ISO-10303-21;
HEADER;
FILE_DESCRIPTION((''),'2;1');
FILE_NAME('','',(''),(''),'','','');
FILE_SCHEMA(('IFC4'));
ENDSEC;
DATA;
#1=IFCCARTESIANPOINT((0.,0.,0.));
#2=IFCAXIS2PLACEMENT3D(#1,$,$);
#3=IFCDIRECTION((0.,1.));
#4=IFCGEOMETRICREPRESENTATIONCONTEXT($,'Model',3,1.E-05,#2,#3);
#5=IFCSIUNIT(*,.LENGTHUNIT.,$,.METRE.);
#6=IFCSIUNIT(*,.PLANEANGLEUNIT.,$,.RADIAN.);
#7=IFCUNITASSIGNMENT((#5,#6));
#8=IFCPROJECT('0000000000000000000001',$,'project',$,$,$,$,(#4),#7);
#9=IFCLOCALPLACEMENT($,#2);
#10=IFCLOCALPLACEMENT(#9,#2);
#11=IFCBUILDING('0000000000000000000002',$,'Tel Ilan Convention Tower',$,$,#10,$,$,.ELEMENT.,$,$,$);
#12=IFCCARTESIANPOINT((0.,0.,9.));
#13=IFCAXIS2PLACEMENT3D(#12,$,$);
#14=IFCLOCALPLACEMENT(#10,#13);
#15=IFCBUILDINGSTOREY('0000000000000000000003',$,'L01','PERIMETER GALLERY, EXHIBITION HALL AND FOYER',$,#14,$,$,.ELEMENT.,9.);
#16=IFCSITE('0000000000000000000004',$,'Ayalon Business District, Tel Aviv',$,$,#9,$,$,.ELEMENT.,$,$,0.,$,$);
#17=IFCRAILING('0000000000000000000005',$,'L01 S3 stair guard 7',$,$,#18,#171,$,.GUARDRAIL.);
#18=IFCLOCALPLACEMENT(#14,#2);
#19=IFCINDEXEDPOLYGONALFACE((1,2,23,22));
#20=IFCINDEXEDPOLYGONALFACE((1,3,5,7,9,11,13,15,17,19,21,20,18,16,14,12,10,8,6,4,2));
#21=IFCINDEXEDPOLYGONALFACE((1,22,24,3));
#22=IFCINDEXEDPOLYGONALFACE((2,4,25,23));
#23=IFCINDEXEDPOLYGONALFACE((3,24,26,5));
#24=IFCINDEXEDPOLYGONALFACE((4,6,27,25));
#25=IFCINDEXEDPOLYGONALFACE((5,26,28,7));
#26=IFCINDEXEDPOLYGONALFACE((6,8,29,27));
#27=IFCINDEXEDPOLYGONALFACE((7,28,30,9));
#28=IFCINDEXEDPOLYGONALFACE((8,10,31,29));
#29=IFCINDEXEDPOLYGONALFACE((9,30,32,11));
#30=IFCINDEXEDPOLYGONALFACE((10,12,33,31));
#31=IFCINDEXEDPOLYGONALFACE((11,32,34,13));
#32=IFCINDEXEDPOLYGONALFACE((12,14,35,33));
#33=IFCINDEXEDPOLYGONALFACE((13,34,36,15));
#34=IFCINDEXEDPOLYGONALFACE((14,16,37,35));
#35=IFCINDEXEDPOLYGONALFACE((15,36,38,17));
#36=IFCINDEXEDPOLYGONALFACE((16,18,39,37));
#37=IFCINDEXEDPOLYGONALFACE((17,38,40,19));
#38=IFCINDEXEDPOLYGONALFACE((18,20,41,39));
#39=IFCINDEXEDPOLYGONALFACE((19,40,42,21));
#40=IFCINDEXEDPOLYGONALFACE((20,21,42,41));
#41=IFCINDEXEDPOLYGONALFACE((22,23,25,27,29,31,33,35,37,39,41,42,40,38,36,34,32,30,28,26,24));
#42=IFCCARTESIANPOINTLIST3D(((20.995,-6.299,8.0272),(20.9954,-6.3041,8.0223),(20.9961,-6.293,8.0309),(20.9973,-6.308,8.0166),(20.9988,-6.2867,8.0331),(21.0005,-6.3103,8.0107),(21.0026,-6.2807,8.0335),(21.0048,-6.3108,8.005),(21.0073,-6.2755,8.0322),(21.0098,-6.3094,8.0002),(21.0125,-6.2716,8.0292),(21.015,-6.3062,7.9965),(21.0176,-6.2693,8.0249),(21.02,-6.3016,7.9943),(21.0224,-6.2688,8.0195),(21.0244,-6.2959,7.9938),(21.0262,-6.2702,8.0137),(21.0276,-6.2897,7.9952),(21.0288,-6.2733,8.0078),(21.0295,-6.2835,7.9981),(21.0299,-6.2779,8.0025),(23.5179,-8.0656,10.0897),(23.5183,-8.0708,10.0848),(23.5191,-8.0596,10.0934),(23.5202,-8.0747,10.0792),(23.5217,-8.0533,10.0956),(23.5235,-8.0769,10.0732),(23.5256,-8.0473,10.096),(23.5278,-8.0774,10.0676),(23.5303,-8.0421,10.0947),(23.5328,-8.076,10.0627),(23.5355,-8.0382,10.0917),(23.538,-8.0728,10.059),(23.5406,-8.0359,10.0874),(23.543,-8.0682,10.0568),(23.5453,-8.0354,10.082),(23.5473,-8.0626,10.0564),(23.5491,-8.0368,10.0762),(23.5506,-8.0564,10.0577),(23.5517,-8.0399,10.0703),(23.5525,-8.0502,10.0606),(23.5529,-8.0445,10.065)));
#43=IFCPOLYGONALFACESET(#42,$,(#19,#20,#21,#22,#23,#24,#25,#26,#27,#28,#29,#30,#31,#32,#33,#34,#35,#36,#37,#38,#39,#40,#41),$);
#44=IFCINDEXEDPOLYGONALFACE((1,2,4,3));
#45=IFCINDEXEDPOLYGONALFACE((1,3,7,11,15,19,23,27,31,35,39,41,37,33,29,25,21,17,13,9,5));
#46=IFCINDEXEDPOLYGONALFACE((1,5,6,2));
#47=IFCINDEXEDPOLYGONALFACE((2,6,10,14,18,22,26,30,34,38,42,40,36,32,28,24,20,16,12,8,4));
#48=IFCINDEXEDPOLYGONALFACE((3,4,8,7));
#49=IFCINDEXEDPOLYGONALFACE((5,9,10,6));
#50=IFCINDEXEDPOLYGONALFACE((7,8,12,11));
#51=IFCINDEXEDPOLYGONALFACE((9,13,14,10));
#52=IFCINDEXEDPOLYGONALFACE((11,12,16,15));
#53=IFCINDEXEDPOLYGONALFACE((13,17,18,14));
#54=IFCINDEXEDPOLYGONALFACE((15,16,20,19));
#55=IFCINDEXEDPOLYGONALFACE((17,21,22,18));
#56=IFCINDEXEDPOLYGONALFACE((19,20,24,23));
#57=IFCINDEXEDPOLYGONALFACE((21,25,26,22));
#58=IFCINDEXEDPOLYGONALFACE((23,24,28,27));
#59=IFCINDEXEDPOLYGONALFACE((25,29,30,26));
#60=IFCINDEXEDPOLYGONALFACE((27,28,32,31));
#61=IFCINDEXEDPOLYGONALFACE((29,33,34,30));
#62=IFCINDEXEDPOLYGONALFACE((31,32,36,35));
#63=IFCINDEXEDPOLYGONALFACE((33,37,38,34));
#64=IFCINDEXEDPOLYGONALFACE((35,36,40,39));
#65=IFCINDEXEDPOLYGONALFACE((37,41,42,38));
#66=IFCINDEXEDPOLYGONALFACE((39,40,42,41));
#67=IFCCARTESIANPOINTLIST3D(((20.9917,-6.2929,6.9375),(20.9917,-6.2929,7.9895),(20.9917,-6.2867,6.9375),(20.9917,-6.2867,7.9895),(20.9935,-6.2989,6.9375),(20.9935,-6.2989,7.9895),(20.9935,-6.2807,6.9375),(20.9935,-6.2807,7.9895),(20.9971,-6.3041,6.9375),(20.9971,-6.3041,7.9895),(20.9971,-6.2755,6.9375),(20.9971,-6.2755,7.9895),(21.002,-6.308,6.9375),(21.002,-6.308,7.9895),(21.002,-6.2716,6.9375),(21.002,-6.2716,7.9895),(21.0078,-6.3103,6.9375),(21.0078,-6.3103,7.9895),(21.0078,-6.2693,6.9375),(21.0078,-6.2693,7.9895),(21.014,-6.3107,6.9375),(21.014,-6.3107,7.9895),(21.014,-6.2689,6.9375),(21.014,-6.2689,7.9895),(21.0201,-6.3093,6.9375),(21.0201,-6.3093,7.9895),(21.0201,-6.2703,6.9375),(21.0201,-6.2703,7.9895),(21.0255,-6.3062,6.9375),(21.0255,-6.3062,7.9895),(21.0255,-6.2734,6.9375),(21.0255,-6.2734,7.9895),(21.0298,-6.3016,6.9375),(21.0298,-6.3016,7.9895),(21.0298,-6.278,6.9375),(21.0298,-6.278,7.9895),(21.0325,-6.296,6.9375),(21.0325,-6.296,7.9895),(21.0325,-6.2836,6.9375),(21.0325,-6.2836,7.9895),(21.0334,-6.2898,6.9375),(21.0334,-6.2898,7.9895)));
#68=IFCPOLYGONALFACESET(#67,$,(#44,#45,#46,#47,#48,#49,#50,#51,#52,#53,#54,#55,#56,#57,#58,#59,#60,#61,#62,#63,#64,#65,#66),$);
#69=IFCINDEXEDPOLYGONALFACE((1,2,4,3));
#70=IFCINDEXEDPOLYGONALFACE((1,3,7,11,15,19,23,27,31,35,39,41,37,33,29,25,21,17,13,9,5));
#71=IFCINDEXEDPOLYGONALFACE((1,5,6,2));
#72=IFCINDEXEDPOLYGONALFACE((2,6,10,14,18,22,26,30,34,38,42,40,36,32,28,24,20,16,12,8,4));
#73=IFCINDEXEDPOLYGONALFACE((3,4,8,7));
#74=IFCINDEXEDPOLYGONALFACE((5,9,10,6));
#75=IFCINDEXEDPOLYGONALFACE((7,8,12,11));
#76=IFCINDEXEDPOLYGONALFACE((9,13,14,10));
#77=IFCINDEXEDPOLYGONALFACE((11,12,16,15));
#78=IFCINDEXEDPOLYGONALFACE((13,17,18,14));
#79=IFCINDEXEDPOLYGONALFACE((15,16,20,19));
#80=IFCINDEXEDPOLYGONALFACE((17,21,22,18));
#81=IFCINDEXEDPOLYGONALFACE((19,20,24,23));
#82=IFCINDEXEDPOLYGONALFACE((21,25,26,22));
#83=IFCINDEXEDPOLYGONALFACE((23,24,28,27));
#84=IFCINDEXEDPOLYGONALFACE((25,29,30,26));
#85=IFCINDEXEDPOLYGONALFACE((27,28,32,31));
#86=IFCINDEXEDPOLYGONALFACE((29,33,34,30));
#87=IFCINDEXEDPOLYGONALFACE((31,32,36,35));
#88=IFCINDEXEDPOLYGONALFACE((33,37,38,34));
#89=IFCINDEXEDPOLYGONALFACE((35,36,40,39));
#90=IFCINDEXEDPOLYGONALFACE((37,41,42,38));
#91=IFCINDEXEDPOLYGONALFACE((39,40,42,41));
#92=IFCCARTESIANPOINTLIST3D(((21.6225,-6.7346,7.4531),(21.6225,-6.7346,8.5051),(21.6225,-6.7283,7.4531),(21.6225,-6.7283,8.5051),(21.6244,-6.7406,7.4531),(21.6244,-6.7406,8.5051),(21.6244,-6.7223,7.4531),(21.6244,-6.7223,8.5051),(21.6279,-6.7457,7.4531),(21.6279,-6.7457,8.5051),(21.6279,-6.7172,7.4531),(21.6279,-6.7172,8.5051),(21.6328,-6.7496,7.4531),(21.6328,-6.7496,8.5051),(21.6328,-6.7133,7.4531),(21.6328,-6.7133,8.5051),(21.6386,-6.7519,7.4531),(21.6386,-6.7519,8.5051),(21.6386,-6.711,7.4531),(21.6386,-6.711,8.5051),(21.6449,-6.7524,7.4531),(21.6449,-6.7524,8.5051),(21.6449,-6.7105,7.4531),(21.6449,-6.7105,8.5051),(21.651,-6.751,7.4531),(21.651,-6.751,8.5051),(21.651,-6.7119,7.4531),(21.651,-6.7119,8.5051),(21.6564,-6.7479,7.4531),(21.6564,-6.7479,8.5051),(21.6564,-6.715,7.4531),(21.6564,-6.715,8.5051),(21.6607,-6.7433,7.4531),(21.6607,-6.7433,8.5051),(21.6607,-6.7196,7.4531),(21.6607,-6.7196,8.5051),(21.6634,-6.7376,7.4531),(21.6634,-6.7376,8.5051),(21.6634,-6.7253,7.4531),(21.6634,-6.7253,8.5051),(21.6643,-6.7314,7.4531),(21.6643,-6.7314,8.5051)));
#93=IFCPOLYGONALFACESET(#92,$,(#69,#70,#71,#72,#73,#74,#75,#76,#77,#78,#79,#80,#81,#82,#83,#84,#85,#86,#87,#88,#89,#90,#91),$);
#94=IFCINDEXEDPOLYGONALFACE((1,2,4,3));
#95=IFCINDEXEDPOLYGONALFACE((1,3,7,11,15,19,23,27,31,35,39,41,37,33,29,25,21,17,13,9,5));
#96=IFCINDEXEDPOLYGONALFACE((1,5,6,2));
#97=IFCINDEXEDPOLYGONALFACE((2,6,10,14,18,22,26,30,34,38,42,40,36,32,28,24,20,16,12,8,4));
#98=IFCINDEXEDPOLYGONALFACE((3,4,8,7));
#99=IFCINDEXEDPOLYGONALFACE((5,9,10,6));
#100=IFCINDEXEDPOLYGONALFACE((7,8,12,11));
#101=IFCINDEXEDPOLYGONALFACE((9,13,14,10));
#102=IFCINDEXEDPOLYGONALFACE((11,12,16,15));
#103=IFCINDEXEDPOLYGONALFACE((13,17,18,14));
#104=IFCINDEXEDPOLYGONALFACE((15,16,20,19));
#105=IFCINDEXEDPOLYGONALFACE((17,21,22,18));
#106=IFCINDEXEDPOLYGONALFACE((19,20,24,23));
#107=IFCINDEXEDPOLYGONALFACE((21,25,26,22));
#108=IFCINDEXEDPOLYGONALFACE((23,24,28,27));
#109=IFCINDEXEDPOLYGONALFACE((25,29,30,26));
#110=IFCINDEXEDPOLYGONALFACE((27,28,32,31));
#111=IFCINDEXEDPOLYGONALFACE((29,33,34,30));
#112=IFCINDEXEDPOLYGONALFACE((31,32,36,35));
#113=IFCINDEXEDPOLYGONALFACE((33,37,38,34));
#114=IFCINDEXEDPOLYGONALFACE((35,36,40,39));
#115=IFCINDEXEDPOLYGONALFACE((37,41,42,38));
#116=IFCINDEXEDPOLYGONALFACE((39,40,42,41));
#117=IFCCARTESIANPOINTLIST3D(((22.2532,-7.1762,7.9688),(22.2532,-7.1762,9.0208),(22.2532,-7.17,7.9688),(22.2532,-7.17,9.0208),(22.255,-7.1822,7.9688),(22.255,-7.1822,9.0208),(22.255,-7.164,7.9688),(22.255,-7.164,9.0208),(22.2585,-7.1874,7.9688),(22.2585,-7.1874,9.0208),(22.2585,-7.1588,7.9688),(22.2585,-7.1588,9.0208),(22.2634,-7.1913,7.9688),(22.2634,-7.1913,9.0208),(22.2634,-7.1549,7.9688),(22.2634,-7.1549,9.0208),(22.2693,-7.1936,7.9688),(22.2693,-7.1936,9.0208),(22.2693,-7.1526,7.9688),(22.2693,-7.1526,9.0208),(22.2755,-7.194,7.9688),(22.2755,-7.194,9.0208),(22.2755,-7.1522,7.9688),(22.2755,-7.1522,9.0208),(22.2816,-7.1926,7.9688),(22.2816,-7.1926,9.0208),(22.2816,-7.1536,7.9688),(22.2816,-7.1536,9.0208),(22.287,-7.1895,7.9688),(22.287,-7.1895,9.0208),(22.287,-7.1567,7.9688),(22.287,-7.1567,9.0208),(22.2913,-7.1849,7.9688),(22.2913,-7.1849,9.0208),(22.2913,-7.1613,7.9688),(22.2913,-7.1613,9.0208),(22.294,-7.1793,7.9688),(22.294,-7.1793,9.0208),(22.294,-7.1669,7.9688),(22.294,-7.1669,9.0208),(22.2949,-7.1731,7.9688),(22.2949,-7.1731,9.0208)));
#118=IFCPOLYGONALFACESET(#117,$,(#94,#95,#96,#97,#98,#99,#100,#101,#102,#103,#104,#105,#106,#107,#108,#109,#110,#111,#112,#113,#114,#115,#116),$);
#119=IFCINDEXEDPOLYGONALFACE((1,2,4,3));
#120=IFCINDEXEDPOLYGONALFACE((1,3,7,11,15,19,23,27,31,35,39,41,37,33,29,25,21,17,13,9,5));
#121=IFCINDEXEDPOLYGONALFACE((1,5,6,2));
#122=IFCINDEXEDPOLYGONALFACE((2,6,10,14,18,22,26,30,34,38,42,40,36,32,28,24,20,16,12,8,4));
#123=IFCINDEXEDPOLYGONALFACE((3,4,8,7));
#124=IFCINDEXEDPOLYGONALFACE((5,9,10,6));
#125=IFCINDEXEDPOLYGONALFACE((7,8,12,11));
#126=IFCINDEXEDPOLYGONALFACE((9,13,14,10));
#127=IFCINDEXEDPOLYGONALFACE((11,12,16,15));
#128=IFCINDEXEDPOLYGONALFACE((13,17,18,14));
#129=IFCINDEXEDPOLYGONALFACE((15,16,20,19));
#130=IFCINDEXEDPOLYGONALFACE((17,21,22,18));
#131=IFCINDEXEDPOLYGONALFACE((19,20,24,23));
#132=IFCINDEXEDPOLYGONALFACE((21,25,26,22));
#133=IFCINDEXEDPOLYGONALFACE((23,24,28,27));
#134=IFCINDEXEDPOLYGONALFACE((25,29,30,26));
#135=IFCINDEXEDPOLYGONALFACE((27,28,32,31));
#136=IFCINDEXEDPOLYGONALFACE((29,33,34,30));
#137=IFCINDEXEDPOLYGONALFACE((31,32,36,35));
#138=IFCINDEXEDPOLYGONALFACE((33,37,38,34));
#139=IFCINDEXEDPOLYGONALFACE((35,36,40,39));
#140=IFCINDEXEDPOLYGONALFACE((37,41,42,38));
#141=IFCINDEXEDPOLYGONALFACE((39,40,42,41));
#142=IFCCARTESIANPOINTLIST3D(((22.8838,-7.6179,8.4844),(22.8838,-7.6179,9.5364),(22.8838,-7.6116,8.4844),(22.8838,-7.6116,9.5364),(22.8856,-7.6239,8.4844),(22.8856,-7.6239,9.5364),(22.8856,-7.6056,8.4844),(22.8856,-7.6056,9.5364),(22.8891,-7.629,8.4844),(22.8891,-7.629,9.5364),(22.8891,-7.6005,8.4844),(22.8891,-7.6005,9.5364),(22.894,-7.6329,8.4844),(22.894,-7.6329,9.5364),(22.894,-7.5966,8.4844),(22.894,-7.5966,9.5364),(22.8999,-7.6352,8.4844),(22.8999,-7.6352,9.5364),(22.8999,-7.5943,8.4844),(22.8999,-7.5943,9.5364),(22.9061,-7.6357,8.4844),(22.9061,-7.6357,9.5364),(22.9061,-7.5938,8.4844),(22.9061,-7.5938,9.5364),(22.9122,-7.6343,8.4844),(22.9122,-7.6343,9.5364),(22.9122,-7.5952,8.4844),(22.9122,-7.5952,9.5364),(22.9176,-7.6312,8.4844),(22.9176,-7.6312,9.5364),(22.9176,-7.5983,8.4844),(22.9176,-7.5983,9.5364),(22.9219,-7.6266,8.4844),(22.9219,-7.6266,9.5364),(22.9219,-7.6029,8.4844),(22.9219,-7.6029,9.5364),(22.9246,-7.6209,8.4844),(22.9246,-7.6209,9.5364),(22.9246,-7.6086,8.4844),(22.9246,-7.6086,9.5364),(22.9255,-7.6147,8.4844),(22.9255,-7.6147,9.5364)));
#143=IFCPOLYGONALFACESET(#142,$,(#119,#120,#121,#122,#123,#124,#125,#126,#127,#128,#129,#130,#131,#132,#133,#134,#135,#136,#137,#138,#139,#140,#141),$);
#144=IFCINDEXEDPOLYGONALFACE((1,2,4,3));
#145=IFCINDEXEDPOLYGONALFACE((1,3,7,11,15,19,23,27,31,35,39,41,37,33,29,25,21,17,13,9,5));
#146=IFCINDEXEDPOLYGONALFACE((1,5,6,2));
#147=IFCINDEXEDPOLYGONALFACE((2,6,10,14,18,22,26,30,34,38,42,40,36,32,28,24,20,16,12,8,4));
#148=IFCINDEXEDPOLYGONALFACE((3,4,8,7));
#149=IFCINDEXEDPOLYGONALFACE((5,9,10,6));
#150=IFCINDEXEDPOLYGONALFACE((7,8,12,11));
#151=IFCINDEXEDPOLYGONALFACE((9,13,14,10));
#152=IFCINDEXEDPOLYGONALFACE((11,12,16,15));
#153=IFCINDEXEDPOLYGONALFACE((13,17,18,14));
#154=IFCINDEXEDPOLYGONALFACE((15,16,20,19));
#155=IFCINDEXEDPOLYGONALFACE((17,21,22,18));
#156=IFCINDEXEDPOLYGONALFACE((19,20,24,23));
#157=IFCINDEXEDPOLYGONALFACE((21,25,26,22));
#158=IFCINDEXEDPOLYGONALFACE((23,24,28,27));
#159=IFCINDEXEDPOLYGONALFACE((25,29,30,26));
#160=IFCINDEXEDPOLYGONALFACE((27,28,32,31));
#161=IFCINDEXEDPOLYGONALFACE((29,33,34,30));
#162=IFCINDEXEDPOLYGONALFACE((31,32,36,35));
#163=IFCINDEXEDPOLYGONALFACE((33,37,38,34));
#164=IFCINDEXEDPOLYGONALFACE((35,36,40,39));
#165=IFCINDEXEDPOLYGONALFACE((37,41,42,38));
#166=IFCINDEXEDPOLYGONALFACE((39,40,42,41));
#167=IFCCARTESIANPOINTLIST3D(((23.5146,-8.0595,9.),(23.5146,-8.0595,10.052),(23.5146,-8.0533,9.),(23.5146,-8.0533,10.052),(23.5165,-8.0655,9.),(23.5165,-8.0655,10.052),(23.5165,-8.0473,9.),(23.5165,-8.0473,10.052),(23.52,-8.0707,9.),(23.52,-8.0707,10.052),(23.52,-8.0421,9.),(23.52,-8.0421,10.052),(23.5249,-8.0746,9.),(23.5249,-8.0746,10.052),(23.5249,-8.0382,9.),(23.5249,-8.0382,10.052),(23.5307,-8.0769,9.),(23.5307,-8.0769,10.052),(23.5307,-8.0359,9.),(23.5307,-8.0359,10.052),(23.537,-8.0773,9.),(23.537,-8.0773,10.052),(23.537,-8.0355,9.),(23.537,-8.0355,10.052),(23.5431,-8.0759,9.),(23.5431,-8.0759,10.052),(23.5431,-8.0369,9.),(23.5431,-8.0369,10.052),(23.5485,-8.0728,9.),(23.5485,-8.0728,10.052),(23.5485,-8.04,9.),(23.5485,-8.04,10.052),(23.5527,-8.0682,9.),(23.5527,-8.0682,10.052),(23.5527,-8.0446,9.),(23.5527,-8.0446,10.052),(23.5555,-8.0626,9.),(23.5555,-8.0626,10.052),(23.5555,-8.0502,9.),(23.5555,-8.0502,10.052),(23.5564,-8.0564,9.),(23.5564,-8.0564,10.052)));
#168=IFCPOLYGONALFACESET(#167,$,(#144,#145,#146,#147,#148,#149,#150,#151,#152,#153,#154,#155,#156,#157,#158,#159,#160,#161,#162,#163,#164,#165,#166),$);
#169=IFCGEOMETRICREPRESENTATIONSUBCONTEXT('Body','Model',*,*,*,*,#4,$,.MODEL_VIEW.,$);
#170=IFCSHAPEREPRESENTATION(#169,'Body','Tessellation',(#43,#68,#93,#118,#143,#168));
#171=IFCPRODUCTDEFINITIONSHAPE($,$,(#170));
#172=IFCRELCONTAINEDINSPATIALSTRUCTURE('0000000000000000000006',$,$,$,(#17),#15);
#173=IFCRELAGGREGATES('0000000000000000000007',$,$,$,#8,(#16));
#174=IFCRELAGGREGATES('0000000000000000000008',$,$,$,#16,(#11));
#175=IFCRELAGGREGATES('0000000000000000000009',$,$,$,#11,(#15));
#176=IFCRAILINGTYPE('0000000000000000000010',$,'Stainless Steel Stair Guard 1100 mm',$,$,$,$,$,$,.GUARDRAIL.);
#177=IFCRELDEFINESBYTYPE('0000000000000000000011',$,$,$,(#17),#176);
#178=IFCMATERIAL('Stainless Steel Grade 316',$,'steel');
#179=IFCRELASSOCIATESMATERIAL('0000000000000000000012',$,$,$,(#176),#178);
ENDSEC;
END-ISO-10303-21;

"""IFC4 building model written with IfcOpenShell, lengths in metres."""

from ifc_helpers import new_model, si_unit, direction, frame, origin, origin_2d, place, context, subcontext, project, spatial, circle, extrude, material, type_object, element, save


model = new_model("IFC4")

# Units and contexts
model_context = context("Model", 3, precision=1e-05, world=origin(), true_north=direction((0.0, 1.0)))
body_context = subcontext(model_context, "Body", "Model", "MODEL_VIEW")
ifc_project = project(units=[si_unit("LENGTHUNIT", "METRE"), si_unit("PLANEANGLEUNIT", "RADIAN")], contexts=[model_context])

# Site, building, storey
site_placement = place(None, origin())
site = spatial("IfcSite", under=ifc_project, at=site_placement, Name="Ayalon Business District, Tel Aviv", CompositionType="ELEMENT", RefElevation=0.0)
building_placement = place(site_placement, origin())
building = spatial("IfcBuilding", under=site, at=building_placement, Name="Tel Ilan Convention Tower", CompositionType="ELEMENT")
storey_placement = place(building_placement, frame((0.0, 0.0, 9.0)))
storey = spatial("IfcBuildingStorey", under=building, at=storey_placement, Name="L01", Description="PERIMETER GALLERY, EXHIBITION HALL AND FOYER", CompositionType="ELEMENT", Elevation=9.0)

# Railing
ifc_material_1 = material(Name="Stainless Steel Grade 316", Category="steel")
railing_type_1 = type_object("IfcRailingType", Name="Stainless Steel Stair Guard 1100 mm", PredefinedType="GUARDRAIL", material=ifc_material_1)
for number, where, name in (
    (1, (21.0125, -6.2898, 6.9375), "L01 S3 stair guard 7"),
):
    element("IfcRailing", number, at=place(storey_placement, frame(where)), inside=storey, type_object=railing_type_1, Name=name, PredefinedType="GUARDRAIL", context=body_context, shape_type="SweptSolid", body=[
        extrude(circle(Radius=0.0239, at=origin_2d()), frame((0.0, 0.0, 1.0762), z_axis=(0.680635, -0.476589, 0.556416), x_axis=(0.573579, 0.81915, 0.0)), (0.0, 0.0, 1.0), 3.7068),
        extrude(circle(Radius=0.021, at=origin_2d()), origin(), (0.0, 0.0, 1.0), 1.052),
        extrude(circle(Radius=0.021, at=origin_2d()), frame((0.6309, -0.4417, 0.5156)), (0.0, 0.0, 1.0), 1.052),
        extrude(circle(Radius=0.021, at=origin_2d()), frame((1.2615, -0.8833, 1.0312)), (0.0, 0.0, 1.0), 1.052),
        extrude(circle(Radius=0.021, at=origin_2d()), frame((1.8921, -1.325, 1.5469)), (0.0, 0.0, 1.0), 1.052),
        extrude(circle(Radius=0.021, at=origin_2d()), frame((2.5229, -1.7666, 2.0625)), (0.0, 0.0, 1.0), 1.052),
    ])

save(model, "model.ifc")
